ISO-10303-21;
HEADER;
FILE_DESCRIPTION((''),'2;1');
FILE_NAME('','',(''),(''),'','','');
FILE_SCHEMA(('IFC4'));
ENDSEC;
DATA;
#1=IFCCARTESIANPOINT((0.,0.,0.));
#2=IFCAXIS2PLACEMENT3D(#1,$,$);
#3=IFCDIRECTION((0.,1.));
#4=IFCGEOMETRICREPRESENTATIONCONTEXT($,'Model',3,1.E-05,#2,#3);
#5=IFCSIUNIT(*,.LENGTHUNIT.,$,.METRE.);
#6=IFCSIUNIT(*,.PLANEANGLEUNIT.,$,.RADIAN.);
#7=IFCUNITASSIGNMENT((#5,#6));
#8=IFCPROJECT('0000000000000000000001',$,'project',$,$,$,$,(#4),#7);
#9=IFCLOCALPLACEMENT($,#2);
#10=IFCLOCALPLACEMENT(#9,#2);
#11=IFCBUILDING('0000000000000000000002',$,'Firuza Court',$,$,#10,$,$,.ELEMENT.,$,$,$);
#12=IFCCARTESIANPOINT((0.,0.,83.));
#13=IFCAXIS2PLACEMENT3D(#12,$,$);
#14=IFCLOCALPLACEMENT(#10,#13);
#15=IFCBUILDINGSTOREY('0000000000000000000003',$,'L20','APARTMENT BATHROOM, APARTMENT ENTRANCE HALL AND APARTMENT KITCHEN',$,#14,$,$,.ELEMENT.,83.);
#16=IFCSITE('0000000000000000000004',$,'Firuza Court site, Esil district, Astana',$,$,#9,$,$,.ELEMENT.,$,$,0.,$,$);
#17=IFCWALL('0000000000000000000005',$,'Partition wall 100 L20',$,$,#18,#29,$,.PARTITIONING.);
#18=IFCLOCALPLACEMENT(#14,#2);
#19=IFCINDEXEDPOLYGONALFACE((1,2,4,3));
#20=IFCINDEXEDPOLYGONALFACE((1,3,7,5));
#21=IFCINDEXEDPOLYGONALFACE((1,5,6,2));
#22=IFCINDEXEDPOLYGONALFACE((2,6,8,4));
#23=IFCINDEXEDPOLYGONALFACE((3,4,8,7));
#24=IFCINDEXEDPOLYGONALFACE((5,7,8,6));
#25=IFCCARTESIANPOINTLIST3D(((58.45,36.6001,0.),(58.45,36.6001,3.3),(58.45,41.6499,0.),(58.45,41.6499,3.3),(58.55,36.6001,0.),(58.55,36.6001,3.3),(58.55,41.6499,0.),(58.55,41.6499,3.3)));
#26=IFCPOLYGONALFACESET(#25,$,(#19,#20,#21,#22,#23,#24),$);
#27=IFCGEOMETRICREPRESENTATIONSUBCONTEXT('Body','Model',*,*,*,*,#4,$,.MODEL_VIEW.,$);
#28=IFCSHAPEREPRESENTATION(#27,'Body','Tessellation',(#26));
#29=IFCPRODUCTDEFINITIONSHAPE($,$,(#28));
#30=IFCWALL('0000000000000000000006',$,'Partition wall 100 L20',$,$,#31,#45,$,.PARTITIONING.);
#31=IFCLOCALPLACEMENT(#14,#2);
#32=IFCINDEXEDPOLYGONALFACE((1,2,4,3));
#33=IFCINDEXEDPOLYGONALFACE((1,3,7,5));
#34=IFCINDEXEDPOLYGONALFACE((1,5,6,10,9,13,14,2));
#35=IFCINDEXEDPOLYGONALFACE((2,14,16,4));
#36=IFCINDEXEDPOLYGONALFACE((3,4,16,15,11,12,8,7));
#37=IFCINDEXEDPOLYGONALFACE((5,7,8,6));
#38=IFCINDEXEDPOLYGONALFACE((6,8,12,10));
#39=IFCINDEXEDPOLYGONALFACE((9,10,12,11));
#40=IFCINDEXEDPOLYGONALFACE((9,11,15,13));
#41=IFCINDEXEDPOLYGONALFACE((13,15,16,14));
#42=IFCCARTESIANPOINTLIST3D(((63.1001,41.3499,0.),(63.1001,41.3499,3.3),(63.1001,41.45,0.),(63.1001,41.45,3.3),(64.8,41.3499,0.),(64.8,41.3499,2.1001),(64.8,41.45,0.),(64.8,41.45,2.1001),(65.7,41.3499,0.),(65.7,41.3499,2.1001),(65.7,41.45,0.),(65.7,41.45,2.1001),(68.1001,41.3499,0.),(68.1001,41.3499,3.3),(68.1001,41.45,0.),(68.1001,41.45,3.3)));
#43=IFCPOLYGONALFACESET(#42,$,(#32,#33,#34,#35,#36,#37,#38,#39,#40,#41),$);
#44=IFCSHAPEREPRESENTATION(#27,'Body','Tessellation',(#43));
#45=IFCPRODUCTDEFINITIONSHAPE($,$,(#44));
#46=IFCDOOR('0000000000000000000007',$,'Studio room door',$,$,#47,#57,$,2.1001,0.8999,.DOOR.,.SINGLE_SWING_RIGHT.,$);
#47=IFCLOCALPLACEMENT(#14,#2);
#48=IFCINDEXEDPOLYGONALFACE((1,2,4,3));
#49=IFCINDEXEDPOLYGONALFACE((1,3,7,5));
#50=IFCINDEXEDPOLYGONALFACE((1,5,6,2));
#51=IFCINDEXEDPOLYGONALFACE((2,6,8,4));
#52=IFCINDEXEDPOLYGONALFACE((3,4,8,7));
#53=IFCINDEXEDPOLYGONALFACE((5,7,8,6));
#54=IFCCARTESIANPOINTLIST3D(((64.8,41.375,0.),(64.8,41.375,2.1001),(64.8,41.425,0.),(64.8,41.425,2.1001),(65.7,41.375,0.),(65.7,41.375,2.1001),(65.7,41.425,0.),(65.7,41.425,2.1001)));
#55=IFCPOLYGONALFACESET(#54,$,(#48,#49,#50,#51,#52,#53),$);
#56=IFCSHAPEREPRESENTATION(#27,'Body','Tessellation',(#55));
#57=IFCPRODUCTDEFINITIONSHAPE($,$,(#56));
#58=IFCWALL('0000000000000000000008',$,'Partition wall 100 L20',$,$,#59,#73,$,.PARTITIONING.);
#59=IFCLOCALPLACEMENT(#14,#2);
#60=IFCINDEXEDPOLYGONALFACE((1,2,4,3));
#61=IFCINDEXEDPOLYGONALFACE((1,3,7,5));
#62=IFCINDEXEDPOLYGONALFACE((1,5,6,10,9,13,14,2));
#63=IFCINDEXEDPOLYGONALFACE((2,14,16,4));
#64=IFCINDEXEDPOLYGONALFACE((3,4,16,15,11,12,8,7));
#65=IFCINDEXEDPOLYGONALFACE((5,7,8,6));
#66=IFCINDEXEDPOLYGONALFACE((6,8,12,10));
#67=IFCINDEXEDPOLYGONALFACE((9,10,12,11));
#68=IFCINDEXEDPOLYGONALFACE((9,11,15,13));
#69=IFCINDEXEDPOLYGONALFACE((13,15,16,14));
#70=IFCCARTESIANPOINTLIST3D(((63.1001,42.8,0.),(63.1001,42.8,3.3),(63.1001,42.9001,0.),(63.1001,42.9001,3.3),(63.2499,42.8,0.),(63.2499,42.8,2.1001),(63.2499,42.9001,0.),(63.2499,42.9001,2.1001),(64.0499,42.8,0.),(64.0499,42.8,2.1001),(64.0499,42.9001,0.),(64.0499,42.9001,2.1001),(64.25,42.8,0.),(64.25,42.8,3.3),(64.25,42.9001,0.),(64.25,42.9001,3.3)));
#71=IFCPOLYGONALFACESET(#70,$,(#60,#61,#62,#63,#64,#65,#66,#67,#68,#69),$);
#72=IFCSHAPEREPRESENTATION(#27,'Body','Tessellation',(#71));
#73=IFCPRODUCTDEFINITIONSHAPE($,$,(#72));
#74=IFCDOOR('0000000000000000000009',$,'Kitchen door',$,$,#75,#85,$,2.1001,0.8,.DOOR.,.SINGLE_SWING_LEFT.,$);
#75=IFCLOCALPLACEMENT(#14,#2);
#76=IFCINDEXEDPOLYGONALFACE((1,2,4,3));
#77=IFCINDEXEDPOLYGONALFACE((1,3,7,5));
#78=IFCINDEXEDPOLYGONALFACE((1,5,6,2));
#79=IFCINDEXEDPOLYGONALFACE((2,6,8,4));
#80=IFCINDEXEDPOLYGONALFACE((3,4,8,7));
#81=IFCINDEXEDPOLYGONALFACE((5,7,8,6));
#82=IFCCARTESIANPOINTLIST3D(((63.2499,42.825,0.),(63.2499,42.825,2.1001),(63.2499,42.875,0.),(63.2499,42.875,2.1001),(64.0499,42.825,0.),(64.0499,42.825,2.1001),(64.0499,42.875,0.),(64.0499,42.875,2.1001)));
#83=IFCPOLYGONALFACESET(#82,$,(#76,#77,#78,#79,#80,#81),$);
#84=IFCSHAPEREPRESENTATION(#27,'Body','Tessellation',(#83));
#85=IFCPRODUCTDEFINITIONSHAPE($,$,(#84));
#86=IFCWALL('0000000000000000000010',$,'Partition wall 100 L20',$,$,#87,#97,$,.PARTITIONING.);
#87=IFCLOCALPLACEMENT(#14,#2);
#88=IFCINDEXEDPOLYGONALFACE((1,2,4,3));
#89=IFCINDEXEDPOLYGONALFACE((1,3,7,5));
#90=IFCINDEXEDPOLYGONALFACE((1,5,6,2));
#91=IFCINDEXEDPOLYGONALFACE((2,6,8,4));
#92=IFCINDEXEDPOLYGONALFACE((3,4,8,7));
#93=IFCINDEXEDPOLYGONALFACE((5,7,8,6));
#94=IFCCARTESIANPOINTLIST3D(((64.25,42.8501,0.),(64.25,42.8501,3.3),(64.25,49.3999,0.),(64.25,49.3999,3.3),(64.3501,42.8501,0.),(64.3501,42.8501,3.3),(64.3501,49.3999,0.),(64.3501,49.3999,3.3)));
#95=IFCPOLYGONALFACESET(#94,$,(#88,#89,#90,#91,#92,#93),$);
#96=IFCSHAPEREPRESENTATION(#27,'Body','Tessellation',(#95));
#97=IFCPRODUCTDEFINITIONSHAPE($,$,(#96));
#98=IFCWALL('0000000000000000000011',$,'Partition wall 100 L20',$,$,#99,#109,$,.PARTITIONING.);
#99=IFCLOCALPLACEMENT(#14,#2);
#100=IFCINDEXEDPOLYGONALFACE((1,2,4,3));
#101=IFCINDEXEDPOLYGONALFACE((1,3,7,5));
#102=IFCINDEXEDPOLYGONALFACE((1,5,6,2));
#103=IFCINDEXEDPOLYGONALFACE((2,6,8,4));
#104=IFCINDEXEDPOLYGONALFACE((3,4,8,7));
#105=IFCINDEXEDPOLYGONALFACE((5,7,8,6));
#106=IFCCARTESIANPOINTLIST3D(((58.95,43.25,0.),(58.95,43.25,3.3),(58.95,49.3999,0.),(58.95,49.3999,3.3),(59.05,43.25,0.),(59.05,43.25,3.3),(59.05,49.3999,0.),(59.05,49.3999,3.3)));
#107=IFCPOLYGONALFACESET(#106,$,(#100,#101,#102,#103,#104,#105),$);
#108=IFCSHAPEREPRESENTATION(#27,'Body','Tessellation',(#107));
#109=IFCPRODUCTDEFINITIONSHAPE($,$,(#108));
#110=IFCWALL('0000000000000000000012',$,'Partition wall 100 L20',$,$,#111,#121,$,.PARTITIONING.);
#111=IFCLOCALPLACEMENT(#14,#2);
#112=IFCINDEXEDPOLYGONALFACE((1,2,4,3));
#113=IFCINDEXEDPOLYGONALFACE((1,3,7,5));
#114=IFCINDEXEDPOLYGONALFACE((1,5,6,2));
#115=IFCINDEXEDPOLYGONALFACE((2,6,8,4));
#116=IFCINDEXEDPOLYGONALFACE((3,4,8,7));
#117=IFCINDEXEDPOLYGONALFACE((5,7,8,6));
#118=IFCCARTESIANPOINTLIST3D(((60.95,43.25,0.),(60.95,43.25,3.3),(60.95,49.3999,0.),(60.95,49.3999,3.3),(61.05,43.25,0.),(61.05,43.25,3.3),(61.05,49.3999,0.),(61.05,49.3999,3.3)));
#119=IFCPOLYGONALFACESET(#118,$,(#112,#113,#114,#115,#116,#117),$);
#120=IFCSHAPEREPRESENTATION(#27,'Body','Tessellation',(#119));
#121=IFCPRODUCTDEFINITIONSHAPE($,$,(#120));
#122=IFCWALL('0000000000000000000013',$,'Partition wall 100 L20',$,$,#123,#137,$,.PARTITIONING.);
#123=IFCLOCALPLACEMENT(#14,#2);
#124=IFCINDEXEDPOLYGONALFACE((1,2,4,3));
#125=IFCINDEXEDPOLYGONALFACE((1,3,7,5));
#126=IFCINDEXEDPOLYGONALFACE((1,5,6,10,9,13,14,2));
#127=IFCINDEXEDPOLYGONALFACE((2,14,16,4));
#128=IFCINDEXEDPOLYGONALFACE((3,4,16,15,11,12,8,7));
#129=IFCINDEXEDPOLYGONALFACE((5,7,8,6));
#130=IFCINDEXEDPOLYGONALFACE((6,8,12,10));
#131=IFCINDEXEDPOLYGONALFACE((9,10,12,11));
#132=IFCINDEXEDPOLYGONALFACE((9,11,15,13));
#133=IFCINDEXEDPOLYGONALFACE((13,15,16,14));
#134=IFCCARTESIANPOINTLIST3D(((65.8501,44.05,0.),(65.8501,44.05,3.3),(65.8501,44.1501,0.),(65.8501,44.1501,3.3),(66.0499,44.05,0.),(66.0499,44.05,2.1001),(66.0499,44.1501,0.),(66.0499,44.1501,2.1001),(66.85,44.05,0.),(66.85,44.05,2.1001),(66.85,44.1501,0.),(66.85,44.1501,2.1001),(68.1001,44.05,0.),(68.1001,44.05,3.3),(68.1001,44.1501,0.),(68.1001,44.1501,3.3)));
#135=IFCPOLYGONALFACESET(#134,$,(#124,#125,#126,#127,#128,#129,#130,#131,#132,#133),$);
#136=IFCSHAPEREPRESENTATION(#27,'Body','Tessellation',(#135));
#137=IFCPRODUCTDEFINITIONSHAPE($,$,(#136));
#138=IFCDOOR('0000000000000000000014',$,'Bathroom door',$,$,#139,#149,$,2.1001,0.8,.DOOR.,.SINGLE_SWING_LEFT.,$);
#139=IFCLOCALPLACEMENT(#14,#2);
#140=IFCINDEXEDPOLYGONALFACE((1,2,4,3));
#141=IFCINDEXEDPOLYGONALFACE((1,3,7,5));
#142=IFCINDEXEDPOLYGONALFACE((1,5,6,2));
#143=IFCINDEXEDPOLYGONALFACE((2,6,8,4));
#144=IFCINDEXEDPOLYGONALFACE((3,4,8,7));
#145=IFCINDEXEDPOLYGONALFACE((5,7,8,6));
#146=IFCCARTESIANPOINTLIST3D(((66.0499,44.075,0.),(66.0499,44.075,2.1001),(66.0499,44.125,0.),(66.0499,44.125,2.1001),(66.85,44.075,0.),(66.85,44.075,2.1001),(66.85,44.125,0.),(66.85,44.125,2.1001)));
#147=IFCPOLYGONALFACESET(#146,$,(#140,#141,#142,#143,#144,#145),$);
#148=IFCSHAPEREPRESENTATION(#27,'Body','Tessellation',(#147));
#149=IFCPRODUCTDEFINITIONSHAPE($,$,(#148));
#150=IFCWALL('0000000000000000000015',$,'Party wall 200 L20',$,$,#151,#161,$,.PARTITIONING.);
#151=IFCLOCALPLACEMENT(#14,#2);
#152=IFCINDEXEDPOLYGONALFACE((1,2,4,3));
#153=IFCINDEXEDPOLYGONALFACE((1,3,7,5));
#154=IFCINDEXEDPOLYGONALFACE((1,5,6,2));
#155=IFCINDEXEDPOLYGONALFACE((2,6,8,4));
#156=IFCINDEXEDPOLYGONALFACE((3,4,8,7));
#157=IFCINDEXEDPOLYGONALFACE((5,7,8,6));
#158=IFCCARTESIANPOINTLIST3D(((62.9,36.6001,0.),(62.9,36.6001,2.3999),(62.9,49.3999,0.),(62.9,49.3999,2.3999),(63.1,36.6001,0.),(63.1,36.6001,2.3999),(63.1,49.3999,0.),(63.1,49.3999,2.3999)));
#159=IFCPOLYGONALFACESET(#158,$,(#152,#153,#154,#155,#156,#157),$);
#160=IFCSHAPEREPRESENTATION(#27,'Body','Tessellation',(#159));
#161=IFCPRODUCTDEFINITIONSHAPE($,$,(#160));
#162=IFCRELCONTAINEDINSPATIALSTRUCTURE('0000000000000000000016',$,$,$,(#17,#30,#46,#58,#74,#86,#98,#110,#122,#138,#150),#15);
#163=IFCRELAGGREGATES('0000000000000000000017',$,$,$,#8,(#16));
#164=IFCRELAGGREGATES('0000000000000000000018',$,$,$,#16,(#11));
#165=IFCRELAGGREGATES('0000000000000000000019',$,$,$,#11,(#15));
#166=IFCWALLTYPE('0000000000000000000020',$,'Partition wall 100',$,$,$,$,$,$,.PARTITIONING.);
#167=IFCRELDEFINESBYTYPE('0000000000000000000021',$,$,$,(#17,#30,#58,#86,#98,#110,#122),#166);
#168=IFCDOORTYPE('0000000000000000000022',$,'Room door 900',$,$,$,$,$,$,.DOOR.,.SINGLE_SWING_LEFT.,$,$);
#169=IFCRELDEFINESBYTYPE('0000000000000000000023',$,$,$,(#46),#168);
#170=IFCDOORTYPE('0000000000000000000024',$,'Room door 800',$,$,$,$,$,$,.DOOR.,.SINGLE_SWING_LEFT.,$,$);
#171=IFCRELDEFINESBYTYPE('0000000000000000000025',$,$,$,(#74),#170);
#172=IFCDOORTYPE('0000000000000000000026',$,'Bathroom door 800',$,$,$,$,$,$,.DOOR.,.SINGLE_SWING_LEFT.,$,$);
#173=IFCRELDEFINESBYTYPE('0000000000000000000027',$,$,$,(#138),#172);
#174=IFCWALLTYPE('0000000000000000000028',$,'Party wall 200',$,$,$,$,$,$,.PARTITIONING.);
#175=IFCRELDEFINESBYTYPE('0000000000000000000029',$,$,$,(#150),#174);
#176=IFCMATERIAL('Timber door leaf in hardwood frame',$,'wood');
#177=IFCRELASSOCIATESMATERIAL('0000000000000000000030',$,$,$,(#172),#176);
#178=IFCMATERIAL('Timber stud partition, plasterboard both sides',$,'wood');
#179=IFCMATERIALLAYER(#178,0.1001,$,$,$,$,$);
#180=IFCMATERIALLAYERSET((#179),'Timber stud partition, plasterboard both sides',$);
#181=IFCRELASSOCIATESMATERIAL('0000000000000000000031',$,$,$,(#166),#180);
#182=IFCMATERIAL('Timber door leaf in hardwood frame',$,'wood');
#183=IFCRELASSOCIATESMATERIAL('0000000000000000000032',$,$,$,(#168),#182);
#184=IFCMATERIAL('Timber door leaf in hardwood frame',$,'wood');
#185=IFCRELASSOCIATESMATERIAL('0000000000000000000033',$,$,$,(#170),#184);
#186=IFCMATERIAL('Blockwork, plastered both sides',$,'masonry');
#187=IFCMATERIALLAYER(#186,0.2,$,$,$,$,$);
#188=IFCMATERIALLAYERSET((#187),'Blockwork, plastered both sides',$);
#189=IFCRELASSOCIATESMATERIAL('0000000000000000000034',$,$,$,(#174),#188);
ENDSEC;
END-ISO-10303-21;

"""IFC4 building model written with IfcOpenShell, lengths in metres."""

from ifc_helpers import new_model, si_unit, direction, frame, frame_2d, origin, place, context, subcontext, project, spatial, rectangle, extrude, material, layer, layer_set, type_object, element, fill, save


model = new_model("IFC4")

# Units and contexts
model_context = context("Model", 3, precision=1e-05, world=origin(), true_north=direction((0.0, 1.0)))
body_context = subcontext(model_context, "Body", "Model", "MODEL_VIEW")
ifc_project = project(units=[si_unit("LENGTHUNIT", "METRE"), si_unit("PLANEANGLEUNIT", "RADIAN")], contexts=[model_context])

# Site, building, storey
site_placement = place(None, origin())
site = spatial("IfcSite", under=ifc_project, at=site_placement, Name="Firuza Court site, Esil district, Astana", CompositionType="ELEMENT", RefElevation=0.0)
building_placement = place(site_placement, origin())
building = spatial("IfcBuilding", under=site, at=building_placement, Name="Firuza Court", CompositionType="ELEMENT")
storey_placement = place(building_placement, frame((0.0, 0.0, 83.0)))
storey = spatial("IfcBuildingStorey", under=building, at=storey_placement, Name="L20", Description="APARTMENT BATHROOM, APARTMENT ENTRANCE HALL AND APARTMENT KITCHEN", CompositionType="ELEMENT", Elevation=83.0)

# Shared definitions
ifc_material_1 = material(Name="Timber door leaf in hardwood frame", Category="wood")
door_type_1 = type_object("IfcDoorType", Name="Bathroom door 800", OperationType="SINGLE_SWING_LEFT", PredefinedType="DOOR", material=ifc_material_1)

# Wall
ifc_material_2 = material(Name="Timber stud partition, plasterboard both sides", Category="wood")
ifc_layer_1 = layer(ifc_material_2, 0.1001)
ifc_layer_set_1 = layer_set([ifc_layer_1], Name="Timber stud partition, plasterboard both sides")
wall_type_1 = type_object("IfcWallType", Name="Partition wall 100", PredefinedType="PARTITIONING", material=ifc_layer_set_1)
wall_1_placement = place(storey_placement, frame((58.5, 36.6001, 0.0), z_axis=(0.0, 0.0, 1.0), x_axis=(0.0, 1.0, 0.0)))
element("IfcWall", 1, at=wall_1_placement, inside=storey, type_object=wall_type_1, Name="Partition wall 100 L20", PredefinedType="PARTITIONING", context=body_context, shape_type="SweptSolid", body=[
    extrude(rectangle(XDim=5.0498, YDim=0.1001, at=frame_2d((2.5249, 0.0))), origin(), (0.0, 0.0, 1.0), 3.3),
])

# Walls, openings, doors
wall_2_placement = place(storey_placement, frame((63.1001, 41.3999, 0.0), z_axis=(0.0, 0.0, 1.0), x_axis=(1.0, 0.0, 0.0)))
wall_2 = element("IfcWall", 2, at=wall_2_placement, inside=storey, type_object=wall_type_1, Name="Partition wall 100 L20", PredefinedType="PARTITIONING", context=body_context, shape_type="SweptSolid", body=[
    extrude(rectangle(XDim=5.0, YDim=0.1001, at=frame_2d((2.5, 0.0))), origin(), (0.0, 0.0, 1.0), 3.3),
])
opening_1_placement = place(wall_2_placement, frame((1.7, 0.0, 0.0)))
opening_1 = element("IfcOpeningElement", 3, at=opening_1_placement, cuts=wall_2, PredefinedType="OPENING", context=body_context, shape_type="SweptSolid", body=[
    extrude(rectangle(XDim=0.8999, YDim=2.1001, at=frame_2d((0.45, 1.05))), frame((0.0, 0.062, 0.0), z_axis=(0.0, -1.0, 0.0), x_axis=(1.0, 0.0, 0.0)), (0.0, 0.0, 1.0), 0.124),
])
ifc_material_3 = material(Name="Timber door leaf in hardwood frame", Category="wood")
door_type_2 = type_object("IfcDoorType", Name="Room door 900", OperationType="SINGLE_SWING_LEFT", PredefinedType="DOOR", material=ifc_material_3)
door_1_placement = place(opening_1_placement, frame((0.8999, 0.0, 0.0), z_axis=(0.0, 0.0, 1.0), x_axis=(-1.0, 0.0, 0.0)))
door_1 = element("IfcDoor", 4, at=door_1_placement, inside=storey, type_object=door_type_2, Name="Studio room door", OperationType="SINGLE_SWING_RIGHT", OverallHeight=2.1001, OverallWidth=0.8999, PredefinedType="DOOR", context=body_context, shape_type="SweptSolid", body=[
    extrude(rectangle(XDim=0.8999, YDim=2.1001, at=frame_2d((0.45, 1.05))), frame((0.0, 0.0249, 0.0), z_axis=(0.0, -1.0, 0.0), x_axis=(1.0, 0.0, 0.0)), (0.0, 0.0, 1.0), 0.05),
])
fill(opening_1, door_1)
wall_3_placement = place(storey_placement, frame((63.1001, 42.8501, 0.0), z_axis=(0.0, 0.0, 1.0), x_axis=(1.0, 0.0, 0.0)))
wall_3 = element("IfcWall", 5, at=wall_3_placement, inside=storey, type_object=wall_type_1, Name="Partition wall 100 L20", PredefinedType="PARTITIONING", context=body_context, shape_type="SweptSolid", body=[
    extrude(rectangle(XDim=1.1499, YDim=0.1001, at=frame_2d((0.575, 0.0))), origin(), (0.0, 0.0, 1.0), 3.3),
])
opening_2_placement = place(wall_3_placement, frame((0.1499, 0.0, 0.0)))
opening_2 = element("IfcOpeningElement", 6, at=opening_2_placement, cuts=wall_3, PredefinedType="OPENING", context=body_context, shape_type="SweptSolid", body=[
    extrude(rectangle(XDim=0.8, YDim=2.1001, at=frame_2d((0.3999, 1.05))), frame((0.0, 0.062, 0.0), z_axis=(0.0, -1.0, 0.0), x_axis=(1.0, 0.0, 0.0)), (0.0, 0.0, 1.0), 0.124),
])
ifc_material_4 = material(Name="Timber door leaf in hardwood frame", Category="wood")
door_type_3 = type_object("IfcDoorType", Name="Room door 800", OperationType="SINGLE_SWING_LEFT", PredefinedType="DOOR", material=ifc_material_4)
door_2_placement = place(opening_2_placement, origin())
door_2 = element("IfcDoor", 7, at=door_2_placement, inside=storey, type_object=door_type_3, Name="Kitchen door", OperationType="SINGLE_SWING_LEFT", OverallHeight=2.1001, OverallWidth=0.8, PredefinedType="DOOR", context=body_context, shape_type="SweptSolid", body=[
    extrude(rectangle(XDim=0.8, YDim=2.1001, at=frame_2d((0.3999, 1.05))), frame((0.0, 0.0249, 0.0), z_axis=(0.0, -1.0, 0.0), x_axis=(1.0, 0.0, 0.0)), (0.0, 0.0, 1.0), 0.05),
])
fill(opening_2, door_2)

# Walls
wall_4_placement = place(storey_placement, frame((64.3, 42.8501, 0.0), z_axis=(0.0, 0.0, 1.0), x_axis=(0.0, 1.0, 0.0)))
element("IfcWall", 8, at=wall_4_placement, inside=storey, type_object=wall_type_1, Name="Partition wall 100 L20", PredefinedType="PARTITIONING", context=body_context, shape_type="SweptSolid", body=[
    extrude(rectangle(XDim=6.5498, YDim=0.1001, at=frame_2d((3.2749, 0.0))), origin(), (0.0, 0.0, 1.0), 3.3),
])
for number, where, z_axis, x_axis, name in (
    (9, (59.0, 43.25, 0.0), (0.0, 0.0, 1.0), (0.0, 1.0, 0.0), "Partition wall 100 L20"),
    (10, (61.0, 43.25, 0.0), (0.0, 0.0, 1.0), (0.0, 1.0, 0.0), "Partition wall 100 L20"),
):
    element("IfcWall", number, at=place(storey_placement, frame(where, z_axis=z_axis, x_axis=x_axis)), inside=storey, type_object=wall_type_1, Name=name, PredefinedType="PARTITIONING", context=body_context, shape_type="SweptSolid", body=[
        extrude(rectangle(XDim=6.1499, YDim=0.1001, at=frame_2d((3.075, 0.0))), origin(), (0.0, 0.0, 1.0), 3.3),
    ])

# Wall, opening, door
wall_5_placement = place(storey_placement, frame((65.8501, 44.1001, 0.0), z_axis=(0.0, 0.0, 1.0), x_axis=(1.0, 0.0, 0.0)))
wall_5 = element("IfcWall", 11, at=wall_5_placement, inside=storey, type_object=wall_type_1, Name="Partition wall 100 L20", PredefinedType="PARTITIONING", context=body_context, shape_type="SweptSolid", body=[
    extrude(rectangle(XDim=2.25, YDim=0.1001, at=frame_2d((1.125, 0.0))), origin(), (0.0, 0.0, 1.0), 3.3),
])
opening_3_placement = place(wall_5_placement, frame((0.2, 0.0, 0.0)))
opening_3 = element("IfcOpeningElement", 12, at=opening_3_placement, cuts=wall_5, PredefinedType="OPENING", context=body_context, shape_type="SweptSolid", body=[
    extrude(rectangle(XDim=0.8, YDim=2.1001, at=frame_2d((0.3999, 1.05))), frame((0.0, 0.062, 0.0), z_axis=(0.0, -1.0, 0.0), x_axis=(1.0, 0.0, 0.0)), (0.0, 0.0, 1.0), 0.124),
])
door_3_placement = place(opening_3_placement, origin())
door_3 = element("IfcDoor", 13, at=door_3_placement, inside=storey, type_object=door_type_1, Name="Bathroom door", OperationType="SINGLE_SWING_LEFT", OverallHeight=2.1001, OverallWidth=0.8, PredefinedType="DOOR", context=body_context, shape_type="SweptSolid", body=[
    extrude(rectangle(XDim=0.8, YDim=2.1001, at=frame_2d((0.3999, 1.05))), frame((0.0, 0.0249, 0.0), z_axis=(0.0, -1.0, 0.0), x_axis=(1.0, 0.0, 0.0)), (0.0, 0.0, 1.0), 0.05),
])
fill(opening_3, door_3)

# Wall
ifc_material_5 = material(Name="Blockwork, plastered both sides", Category="masonry")
ifc_layer_2 = layer(ifc_material_5, 0.2)
ifc_layer_set_2 = layer_set([ifc_layer_2], Name="Blockwork, plastered both sides")
wall_type_2 = type_object("IfcWallType", Name="Party wall 200", PredefinedType="PARTITIONING", material=ifc_layer_set_2)
wall_6_placement = place(storey_placement, frame((63.0, 36.6001, 0.0), z_axis=(0.0, 0.0, 1.0), x_axis=(0.0, 1.0, 0.0)))
element("IfcWall", 14, at=wall_6_placement, inside=storey, type_object=wall_type_2, Name="Party wall 200 L20", PredefinedType="PARTITIONING", context=body_context, shape_type="SweptSolid", body=[
    extrude(rectangle(XDim=12.7998, YDim=0.2, at=frame_2d((6.3999, 0.0))), origin(), (0.0, 0.0, 1.0), 2.3999),
])

save(model, "model.ifc")
